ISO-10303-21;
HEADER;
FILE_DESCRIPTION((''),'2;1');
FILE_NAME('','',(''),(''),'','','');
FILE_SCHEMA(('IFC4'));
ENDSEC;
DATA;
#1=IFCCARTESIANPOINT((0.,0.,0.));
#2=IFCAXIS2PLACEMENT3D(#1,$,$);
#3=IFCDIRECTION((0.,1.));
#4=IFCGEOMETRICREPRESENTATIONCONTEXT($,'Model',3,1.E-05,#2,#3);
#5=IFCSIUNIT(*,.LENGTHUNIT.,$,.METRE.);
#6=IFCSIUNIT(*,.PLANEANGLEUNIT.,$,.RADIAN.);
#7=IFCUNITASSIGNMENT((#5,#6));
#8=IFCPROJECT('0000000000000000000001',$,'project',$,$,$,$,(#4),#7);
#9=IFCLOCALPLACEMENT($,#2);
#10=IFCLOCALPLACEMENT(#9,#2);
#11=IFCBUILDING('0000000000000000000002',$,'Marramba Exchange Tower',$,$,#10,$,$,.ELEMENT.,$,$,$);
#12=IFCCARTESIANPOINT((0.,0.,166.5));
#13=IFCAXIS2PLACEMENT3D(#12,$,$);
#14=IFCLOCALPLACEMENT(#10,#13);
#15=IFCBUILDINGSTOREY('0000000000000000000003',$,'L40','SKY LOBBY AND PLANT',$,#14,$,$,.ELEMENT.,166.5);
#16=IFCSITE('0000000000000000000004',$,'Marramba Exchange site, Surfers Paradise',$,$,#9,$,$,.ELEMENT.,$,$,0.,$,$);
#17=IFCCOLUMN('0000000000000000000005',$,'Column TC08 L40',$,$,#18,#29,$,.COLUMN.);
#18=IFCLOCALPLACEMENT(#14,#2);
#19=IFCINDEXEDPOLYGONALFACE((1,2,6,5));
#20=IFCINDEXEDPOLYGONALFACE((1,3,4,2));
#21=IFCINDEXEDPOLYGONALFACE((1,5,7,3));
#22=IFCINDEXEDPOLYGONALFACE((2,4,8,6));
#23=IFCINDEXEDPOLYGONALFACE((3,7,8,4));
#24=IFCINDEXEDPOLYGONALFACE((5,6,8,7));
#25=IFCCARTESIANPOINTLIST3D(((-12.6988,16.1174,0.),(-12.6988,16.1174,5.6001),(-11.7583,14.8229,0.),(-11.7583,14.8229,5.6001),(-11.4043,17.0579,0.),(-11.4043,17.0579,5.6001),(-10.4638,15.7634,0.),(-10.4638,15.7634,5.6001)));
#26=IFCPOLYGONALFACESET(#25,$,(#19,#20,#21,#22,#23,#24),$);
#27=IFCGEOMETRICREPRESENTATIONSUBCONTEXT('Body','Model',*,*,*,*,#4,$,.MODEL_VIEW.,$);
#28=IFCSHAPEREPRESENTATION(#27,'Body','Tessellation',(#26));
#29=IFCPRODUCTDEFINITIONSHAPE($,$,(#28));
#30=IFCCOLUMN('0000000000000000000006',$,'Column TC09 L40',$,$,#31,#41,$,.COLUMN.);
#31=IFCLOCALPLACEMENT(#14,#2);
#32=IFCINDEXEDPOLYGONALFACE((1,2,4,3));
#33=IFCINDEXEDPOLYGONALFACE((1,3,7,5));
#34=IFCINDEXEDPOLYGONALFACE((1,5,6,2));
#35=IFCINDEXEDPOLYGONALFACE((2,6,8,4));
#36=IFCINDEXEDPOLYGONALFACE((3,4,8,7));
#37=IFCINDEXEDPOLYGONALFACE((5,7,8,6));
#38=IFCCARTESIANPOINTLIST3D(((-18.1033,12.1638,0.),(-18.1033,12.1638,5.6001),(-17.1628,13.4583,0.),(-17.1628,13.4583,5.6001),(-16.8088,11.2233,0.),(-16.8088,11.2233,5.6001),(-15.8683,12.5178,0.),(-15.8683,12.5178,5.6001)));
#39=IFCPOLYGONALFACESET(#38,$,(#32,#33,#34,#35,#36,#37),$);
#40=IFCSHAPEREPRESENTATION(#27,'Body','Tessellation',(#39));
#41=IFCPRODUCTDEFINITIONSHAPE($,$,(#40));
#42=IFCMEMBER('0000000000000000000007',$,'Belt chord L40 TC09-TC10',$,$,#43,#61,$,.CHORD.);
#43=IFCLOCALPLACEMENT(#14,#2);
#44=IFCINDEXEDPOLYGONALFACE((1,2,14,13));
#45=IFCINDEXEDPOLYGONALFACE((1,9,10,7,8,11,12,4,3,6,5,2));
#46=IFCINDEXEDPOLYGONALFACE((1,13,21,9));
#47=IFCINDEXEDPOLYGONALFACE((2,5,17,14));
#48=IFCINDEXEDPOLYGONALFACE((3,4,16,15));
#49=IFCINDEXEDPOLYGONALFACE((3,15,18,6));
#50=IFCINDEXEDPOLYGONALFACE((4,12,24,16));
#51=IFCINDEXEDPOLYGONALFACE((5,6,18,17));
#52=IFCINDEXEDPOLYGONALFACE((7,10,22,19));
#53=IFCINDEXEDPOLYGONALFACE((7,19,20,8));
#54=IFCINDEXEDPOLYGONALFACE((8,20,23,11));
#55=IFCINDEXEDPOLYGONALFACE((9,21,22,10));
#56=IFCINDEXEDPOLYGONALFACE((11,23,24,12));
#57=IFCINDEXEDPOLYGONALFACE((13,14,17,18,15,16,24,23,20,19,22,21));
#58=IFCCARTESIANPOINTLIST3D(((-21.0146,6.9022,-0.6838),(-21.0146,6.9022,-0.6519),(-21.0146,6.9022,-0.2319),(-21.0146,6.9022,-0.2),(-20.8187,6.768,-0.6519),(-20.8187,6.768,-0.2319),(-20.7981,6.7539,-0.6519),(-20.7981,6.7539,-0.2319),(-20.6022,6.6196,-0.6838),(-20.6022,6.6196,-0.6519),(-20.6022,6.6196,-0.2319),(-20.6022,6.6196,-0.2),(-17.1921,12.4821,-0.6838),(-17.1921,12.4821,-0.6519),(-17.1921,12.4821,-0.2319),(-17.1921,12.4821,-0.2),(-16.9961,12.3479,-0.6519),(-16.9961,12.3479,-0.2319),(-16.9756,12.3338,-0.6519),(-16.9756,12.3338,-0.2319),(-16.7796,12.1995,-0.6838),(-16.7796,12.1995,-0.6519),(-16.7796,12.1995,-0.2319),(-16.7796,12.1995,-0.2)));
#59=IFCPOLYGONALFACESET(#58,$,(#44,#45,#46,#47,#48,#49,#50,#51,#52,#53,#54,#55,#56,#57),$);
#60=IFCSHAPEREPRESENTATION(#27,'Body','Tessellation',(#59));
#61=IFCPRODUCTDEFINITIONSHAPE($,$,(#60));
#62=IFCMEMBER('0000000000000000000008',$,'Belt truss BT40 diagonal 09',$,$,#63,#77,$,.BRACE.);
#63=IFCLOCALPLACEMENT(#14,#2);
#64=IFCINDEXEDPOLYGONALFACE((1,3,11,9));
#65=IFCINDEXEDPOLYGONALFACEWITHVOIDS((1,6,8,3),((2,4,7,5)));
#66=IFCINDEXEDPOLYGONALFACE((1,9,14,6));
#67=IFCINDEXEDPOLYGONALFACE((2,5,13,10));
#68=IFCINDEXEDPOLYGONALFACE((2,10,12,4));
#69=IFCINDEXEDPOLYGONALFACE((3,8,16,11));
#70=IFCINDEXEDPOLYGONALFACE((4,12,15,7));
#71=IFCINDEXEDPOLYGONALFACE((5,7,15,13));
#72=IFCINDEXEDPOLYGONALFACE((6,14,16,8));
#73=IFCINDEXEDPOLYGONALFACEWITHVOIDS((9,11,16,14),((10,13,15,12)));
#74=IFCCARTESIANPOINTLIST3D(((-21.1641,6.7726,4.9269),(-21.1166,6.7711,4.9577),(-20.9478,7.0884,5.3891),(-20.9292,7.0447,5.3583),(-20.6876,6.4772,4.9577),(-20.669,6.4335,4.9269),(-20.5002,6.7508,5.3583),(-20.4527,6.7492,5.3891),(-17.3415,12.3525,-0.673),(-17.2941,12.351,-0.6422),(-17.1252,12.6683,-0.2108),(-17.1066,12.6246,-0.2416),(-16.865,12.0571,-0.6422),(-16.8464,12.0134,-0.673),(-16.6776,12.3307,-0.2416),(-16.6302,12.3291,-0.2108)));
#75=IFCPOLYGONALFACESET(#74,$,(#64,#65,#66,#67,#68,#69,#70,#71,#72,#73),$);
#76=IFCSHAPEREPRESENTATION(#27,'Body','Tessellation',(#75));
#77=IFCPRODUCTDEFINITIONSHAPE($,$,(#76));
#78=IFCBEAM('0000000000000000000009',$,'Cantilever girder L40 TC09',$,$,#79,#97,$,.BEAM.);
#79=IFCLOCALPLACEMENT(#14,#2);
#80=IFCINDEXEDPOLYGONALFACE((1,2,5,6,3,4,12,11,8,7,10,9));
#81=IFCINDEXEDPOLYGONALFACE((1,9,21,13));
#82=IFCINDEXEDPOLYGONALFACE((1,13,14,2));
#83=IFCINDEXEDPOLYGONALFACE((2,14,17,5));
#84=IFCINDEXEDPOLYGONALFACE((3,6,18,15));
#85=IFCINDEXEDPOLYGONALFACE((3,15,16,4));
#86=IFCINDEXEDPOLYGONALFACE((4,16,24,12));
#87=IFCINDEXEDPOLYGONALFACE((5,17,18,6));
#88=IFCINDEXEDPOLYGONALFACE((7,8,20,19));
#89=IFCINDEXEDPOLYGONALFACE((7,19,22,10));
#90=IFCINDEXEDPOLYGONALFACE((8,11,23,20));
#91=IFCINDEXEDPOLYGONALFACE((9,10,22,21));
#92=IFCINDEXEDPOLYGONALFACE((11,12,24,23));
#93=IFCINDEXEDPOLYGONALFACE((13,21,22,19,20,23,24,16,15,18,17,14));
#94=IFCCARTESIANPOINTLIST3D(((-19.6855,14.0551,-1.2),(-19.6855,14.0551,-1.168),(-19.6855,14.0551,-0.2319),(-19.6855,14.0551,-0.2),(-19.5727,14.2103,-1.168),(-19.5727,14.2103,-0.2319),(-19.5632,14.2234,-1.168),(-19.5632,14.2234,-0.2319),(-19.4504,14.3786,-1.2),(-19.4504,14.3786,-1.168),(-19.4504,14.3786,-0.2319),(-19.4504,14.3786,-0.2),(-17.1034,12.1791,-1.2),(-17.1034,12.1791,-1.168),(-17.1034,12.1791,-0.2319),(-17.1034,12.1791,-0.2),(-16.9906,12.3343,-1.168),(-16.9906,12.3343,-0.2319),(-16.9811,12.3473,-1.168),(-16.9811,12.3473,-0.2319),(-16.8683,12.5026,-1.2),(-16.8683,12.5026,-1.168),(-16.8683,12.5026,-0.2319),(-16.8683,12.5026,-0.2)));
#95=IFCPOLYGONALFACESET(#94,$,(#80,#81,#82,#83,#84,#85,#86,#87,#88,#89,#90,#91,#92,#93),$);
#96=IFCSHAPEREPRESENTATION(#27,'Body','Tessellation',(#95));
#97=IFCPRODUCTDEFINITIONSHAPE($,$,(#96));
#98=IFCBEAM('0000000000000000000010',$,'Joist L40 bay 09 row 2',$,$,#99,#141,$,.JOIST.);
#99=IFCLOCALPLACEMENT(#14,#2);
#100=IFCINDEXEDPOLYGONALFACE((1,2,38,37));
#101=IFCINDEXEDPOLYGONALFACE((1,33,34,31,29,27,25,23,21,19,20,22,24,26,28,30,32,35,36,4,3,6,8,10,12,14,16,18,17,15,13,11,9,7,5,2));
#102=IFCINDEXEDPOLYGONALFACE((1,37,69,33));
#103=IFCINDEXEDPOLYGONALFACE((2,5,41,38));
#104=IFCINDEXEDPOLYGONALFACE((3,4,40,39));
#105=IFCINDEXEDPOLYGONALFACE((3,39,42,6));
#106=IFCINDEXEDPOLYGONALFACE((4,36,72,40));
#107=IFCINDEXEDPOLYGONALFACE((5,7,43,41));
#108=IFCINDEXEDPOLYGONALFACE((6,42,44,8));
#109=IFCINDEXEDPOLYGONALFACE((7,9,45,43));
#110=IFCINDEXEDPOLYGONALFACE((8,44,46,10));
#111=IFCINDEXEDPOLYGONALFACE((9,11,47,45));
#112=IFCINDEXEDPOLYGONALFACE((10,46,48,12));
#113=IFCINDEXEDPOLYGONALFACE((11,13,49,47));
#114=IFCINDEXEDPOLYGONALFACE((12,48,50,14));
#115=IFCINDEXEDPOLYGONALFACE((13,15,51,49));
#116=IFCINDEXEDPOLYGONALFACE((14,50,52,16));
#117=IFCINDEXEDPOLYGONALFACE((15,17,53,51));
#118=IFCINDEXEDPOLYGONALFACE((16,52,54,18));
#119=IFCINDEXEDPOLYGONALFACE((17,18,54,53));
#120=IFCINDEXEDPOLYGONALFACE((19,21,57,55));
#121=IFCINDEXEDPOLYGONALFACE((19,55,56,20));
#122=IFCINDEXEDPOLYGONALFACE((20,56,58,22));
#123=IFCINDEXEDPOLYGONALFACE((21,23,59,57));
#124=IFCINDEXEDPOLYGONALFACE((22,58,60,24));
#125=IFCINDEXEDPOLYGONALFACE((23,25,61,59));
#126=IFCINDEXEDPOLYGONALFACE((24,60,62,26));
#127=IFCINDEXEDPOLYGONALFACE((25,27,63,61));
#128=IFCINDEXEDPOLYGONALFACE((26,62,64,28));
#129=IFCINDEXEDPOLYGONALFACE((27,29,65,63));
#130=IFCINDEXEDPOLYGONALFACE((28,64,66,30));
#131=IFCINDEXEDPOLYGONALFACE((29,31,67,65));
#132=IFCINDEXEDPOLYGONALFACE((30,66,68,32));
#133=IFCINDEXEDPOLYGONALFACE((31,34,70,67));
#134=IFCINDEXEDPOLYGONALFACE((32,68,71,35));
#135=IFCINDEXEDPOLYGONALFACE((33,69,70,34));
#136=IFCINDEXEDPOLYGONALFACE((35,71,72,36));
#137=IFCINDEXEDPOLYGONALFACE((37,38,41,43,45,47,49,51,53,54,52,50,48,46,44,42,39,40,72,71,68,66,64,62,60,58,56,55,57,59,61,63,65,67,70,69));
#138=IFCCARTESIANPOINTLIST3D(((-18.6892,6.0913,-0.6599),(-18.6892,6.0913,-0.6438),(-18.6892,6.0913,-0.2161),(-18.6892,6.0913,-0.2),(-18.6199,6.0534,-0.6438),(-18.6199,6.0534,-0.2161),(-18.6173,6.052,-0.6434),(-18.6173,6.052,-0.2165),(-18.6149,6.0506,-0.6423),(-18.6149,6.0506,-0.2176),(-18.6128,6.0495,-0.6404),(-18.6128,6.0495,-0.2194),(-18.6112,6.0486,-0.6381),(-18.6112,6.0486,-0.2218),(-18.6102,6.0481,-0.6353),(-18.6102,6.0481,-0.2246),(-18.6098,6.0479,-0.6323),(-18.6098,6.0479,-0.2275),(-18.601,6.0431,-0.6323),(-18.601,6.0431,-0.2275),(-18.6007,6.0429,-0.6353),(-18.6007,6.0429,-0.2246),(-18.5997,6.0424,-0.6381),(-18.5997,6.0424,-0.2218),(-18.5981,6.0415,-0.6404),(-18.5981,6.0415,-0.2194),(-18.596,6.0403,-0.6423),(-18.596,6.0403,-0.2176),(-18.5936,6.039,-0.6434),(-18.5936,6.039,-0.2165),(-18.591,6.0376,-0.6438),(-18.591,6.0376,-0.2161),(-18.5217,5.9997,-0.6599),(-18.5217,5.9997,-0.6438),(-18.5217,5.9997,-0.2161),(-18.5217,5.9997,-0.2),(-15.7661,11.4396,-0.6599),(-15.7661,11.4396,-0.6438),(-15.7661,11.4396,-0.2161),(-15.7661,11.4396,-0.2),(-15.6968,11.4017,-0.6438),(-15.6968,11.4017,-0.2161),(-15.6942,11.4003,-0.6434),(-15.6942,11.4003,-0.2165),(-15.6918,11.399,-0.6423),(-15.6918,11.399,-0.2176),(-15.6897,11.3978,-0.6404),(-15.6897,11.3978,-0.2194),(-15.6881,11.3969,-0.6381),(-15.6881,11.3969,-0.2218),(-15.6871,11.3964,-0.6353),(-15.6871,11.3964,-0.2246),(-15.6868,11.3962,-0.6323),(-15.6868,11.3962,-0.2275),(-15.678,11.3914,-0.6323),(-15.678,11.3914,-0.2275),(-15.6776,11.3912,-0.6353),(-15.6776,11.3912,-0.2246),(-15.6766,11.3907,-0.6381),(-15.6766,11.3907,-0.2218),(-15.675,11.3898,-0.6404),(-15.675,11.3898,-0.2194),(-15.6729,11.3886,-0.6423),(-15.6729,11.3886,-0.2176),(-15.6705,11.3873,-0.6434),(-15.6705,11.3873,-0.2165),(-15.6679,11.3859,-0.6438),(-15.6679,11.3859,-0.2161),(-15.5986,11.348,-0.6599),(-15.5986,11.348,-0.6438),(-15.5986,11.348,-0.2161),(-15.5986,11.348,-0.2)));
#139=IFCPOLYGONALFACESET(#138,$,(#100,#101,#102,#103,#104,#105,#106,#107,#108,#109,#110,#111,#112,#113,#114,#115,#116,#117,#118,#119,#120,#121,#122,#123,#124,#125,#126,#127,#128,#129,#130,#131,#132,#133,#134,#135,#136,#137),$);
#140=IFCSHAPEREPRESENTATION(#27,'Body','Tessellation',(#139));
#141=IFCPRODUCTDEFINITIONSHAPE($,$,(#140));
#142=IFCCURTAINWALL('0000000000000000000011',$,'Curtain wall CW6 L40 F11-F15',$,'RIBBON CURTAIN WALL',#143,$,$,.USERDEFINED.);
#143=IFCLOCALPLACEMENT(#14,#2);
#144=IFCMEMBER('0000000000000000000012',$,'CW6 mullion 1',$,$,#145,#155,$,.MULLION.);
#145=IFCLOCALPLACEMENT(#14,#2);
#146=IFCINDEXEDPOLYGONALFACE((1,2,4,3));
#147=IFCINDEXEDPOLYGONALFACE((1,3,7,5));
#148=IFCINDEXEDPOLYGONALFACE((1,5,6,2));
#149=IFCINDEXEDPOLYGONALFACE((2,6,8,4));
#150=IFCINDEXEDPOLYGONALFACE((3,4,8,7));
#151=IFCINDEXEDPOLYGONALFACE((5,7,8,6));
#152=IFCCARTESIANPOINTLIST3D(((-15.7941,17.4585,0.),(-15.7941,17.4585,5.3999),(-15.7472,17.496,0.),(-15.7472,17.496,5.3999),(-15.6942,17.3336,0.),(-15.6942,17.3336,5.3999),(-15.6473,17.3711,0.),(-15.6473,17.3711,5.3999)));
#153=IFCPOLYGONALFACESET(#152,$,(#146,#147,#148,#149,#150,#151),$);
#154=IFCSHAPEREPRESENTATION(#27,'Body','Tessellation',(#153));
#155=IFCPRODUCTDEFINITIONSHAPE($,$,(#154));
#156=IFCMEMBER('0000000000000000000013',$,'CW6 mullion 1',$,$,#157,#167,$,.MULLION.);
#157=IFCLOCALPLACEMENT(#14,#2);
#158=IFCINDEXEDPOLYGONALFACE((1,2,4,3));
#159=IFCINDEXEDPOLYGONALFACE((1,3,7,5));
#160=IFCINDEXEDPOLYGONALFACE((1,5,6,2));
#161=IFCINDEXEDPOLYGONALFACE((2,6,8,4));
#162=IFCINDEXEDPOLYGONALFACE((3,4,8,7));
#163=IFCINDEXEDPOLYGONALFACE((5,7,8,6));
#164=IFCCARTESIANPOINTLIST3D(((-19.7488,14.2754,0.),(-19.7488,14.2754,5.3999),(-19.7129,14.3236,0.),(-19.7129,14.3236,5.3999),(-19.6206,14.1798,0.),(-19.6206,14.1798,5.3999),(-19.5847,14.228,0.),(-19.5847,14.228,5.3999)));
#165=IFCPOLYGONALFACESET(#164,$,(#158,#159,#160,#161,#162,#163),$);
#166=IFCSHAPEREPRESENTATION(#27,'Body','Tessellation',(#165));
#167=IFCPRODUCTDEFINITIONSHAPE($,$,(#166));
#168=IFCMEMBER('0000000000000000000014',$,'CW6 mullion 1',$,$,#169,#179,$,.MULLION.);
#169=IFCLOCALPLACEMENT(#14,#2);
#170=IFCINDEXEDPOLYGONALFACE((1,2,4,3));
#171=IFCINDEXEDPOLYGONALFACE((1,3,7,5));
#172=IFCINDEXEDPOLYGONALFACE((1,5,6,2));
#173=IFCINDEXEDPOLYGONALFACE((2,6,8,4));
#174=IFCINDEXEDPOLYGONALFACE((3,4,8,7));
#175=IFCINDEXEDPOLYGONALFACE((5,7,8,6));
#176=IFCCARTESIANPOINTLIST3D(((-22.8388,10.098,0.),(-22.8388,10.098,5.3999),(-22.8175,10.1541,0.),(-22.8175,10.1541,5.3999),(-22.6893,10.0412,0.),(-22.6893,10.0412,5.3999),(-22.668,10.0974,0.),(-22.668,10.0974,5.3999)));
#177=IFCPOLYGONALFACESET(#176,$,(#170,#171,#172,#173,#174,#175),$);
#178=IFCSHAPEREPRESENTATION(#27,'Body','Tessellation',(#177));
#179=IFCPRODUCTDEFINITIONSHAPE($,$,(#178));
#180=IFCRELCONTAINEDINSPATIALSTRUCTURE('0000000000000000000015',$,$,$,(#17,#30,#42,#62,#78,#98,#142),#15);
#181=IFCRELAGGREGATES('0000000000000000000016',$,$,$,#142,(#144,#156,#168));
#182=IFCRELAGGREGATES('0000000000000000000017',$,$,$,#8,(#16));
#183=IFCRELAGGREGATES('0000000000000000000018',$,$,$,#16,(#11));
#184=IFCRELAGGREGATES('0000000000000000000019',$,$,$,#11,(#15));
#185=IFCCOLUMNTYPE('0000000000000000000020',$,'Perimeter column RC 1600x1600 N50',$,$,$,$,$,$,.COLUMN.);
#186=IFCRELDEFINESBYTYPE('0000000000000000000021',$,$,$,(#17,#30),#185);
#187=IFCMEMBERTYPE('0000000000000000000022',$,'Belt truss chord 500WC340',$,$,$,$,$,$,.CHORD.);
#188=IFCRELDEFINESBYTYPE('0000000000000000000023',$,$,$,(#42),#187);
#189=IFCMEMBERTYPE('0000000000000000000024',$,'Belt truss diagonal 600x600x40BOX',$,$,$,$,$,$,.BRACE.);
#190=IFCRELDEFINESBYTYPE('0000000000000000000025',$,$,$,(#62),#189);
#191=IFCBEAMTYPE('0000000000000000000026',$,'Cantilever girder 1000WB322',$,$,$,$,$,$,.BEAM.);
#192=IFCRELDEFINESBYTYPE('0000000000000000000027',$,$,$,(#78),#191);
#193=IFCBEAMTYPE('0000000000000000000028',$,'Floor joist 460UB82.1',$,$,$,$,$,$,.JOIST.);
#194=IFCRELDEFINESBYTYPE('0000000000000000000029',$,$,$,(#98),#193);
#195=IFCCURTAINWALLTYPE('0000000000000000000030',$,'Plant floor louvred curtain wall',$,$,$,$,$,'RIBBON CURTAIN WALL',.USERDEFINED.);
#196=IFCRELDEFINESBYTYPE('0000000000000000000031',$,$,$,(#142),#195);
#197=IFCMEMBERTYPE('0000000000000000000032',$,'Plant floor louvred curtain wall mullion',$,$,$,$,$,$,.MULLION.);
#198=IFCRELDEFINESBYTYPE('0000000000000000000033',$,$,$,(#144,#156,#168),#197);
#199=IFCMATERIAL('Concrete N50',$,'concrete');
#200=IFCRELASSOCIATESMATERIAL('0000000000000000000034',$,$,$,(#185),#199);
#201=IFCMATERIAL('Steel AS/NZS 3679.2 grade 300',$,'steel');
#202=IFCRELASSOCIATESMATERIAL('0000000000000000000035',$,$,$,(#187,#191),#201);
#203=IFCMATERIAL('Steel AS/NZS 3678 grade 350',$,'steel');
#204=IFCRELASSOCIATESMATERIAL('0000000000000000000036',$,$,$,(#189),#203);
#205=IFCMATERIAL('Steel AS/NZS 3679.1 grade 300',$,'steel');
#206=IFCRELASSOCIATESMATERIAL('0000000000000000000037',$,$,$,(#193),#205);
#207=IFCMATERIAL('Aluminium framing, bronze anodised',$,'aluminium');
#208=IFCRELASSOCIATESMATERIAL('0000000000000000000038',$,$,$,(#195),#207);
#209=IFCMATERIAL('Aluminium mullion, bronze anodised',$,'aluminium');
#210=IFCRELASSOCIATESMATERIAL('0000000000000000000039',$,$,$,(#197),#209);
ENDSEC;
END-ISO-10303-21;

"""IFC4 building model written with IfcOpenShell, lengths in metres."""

from ifc_helpers import new_model, si_unit, direction, frame, origin, origin_2d, place, context, subcontext, project, spatial, rectangle, hollow_rectangle, i_section, extrude, material, material_profile, profile_set, type_object, element, aggregate, save


model = new_model("IFC4")

# Units and contexts
model_context = context("Model", 3, precision=1e-05, world=origin(), true_north=direction((0.0, 1.0)))
body_context = subcontext(model_context, "Body", "Model", "MODEL_VIEW")
ifc_project = project(units=[si_unit("LENGTHUNIT", "METRE"), si_unit("PLANEANGLEUNIT", "RADIAN")], contexts=[model_context])

# Site, building, storey
site_placement = place(None, origin())
site = spatial("IfcSite", under=ifc_project, at=site_placement, Name="Marramba Exchange site, Surfers Paradise", CompositionType="ELEMENT", RefElevation=0.0)
building_placement = place(site_placement, origin())
building = spatial("IfcBuilding", under=site, at=building_placement, Name="Marramba Exchange Tower", CompositionType="ELEMENT")
storey_placement = place(building_placement, frame((0.0, 0.0, 166.5)))
storey = spatial("IfcBuildingStorey", under=building, at=storey_placement, Name="L40", Description="SKY LOBBY AND PLANT", CompositionType="ELEMENT", Elevation=166.5)

# Columns
ifc_material_1 = material(Name="Concrete N50", Category="concrete")
ifc_material_profile_1 = material_profile(ifc_material_1, rectangle(XDim=1.6001, YDim=1.6001, at=origin_2d()), Name="RC 1600x1600")
ifc_profile_set_1 = profile_set([ifc_material_profile_1], Name="Concrete N50")
column_type = type_object("IfcColumnType", Name="Perimeter column RC 1600x1600 N50", PredefinedType="COLUMN", material=ifc_profile_set_1)
for number, where, z_axis, x_axis, name in (
    (1, (-11.5813, 15.9404, 0.0), (0.0, 0.0, 1.0), (-0.587785, 0.809017, 0.0), "Column TC08 L40"),
    (2, (-16.9858, 12.3408, 0.0), (0.0, 0.0, 1.0), (-0.809017, 0.587785, 0.0), "Column TC09 L40"),
):
    element("IfcColumn", number, at=place(storey_placement, frame(where, z_axis=z_axis, x_axis=x_axis)), inside=storey, type_object=column_type, Name=name, PredefinedType="COLUMN", context=body_context, shape_type="SweptSolid", body=[
        extrude(rectangle(XDim=1.6001, YDim=1.6001, at=origin_2d()), origin(), (0.0, 0.0, 1.0), 5.6001),
    ])

# Members
ifc_material_2 = material(Name="Steel AS/NZS 3679.2 grade 300", Category="steel")
ifc_material_profile_2 = material_profile(ifc_material_2, i_section(OverallWidth=0.5, OverallDepth=0.4839, WebThickness=0.0249, FlangeThickness=0.032, at=origin_2d()), Name="500WC340")
ifc_profile_set_2 = profile_set([ifc_material_profile_2], Name="Steel AS/NZS 3679.2 grade 300")
member_type_1 = type_object("IfcMemberType", Name="Belt truss chord 500WC340", PredefinedType="CHORD", material=ifc_profile_set_2)
member_1_placement = place(storey_placement, frame((-16.9858, 12.3408, -0.4419), z_axis=(-0.56516, -0.824981, 0.0), x_axis=(0.824981, -0.56516, 0.0)))
element("IfcMember", 3, at=member_1_placement, inside=storey, type_object=member_type_1, Name="Belt chord L40 TC09-TC10", PredefinedType="CHORD", context=body_context, shape_type="SweptSolid", body=[
    extrude(i_section(OverallWidth=0.5, OverallDepth=0.4839, WebThickness=0.0249, FlangeThickness=0.032, at=origin_2d()), origin(), (0.0, 0.0, 1.0), 6.7637),
])
ifc_material_3 = material(Name="Steel AS/NZS 3678 grade 350", Category="steel")
ifc_material_profile_3 = material_profile(ifc_material_3, hollow_rectangle(XDim=0.6001, YDim=0.6001, WallThickness=0.04, at=origin_2d()), Name="600x600x40BOX")
ifc_profile_set_3 = profile_set([ifc_material_profile_3], Name="Steel AS/NZS 3678 grade 350")
member_type_2 = type_object("IfcMemberType", Name="Belt truss diagonal 600x600x40BOX", PredefinedType="BRACE", material=ifc_profile_set_3)
member_2_placement = place(storey_placement, frame((-16.9858, 12.3408, -0.4419), z_axis=(-0.43532, -0.63545, 0.63773), x_axis=(0.824981, -0.56516, 0.0)))
element("IfcMember", 4, at=member_2_placement, inside=storey, type_object=member_type_2, Name="Belt truss BT40 diagonal 09", PredefinedType="BRACE", context=body_context, shape_type="SweptSolid", body=[
    extrude(hollow_rectangle(XDim=0.6001, YDim=0.6001, WallThickness=0.04, at=origin_2d()), origin(), (0.0, 0.0, 1.0), 8.781),
])

# Beams
ifc_material_profile_4 = material_profile(ifc_material_2, i_section(OverallWidth=0.3999, OverallDepth=1.0, WebThickness=0.0161, FlangeThickness=0.032, at=origin_2d()), Name="1000WB322")
ifc_profile_set_4 = profile_set([ifc_material_profile_4], Name="Steel AS/NZS 3679.2 grade 300")
beam_type_1 = type_object("IfcBeamType", Name="Cantilever girder 1000WB322", PredefinedType="BEAM", material=ifc_profile_set_4)
beam_1_placement = place(storey_placement, frame((-16.9858, 12.3408, -0.7), z_axis=(-0.809014, 0.58779, 0.0), x_axis=(-0.58779, -0.809014, 0.0)))
element("IfcBeam", 5, at=beam_1_placement, inside=storey, type_object=beam_type_1, Name="Cantilever girder L40 TC09", PredefinedType="BEAM", context=body_context, shape_type="SweptSolid", body=[
    extrude(i_section(OverallWidth=0.3999, OverallDepth=1.0, WebThickness=0.0161, FlangeThickness=0.032, at=origin_2d()), origin(), (0.0, 0.0, 1.0), 3.1917),
])
ifc_material_4 = material(Name="Steel AS/NZS 3679.1 grade 300", Category="steel")
ifc_material_profile_5 = material_profile(ifc_material_4, i_section(OverallWidth=0.1909, OverallDepth=0.46, WebThickness=0.01, FlangeThickness=0.0161, FilletRadius=0.0115, at=origin_2d()), Name="460UB82.1")
ifc_profile_set_5 = profile_set([ifc_material_profile_5], Name="Steel AS/NZS 3679.1 grade 300")
beam_type_2 = type_object("IfcBeamType", Name="Floor joist 460UB82.1", PredefinedType="JOIST", material=ifc_profile_set_5)
beam_2_placement = place(storey_placement, frame((-15.6824, 11.3938, -0.4299), z_axis=(-0.479584, -0.877496, 0.0), x_axis=(0.877496, -0.479584, 0.0)))
element("IfcBeam", 6, at=beam_2_placement, inside=storey, type_object=beam_type_2, Name="Joist L40 bay 09 row 2", PredefinedType="JOIST", context=body_context, shape_type="SweptSolid", body=[
    extrude(i_section(OverallWidth=0.1909, OverallDepth=0.46, WebThickness=0.01, FlangeThickness=0.0161, FilletRadius=0.0115, at=origin_2d()), origin(), (0.0, 0.0, 1.0), 6.095),
])

# Curtain wall, members
ifc_material_5 = material(Name="Aluminium framing, bronze anodised", Category="aluminium")
curtain_wall_type = type_object("IfcCurtainWallType", Name="Plant floor louvred curtain wall", ElementType="RIBBON CURTAIN WALL", PredefinedType="USERDEFINED", material=ifc_material_5)
curtain_wall_placement = place(storey_placement, origin())
curtain_wall = element("IfcCurtainWall", 7, at=curtain_wall_placement, inside=storey, type_object=curtain_wall_type, Name="Curtain wall CW6 L40 F11-F15", ObjectType="RIBBON CURTAIN WALL", PredefinedType="USERDEFINED")
ifc_material_6 = material(Name="Aluminium mullion, bronze anodised", Category="aluminium")
ifc_material_profile_6 = material_profile(ifc_material_6, rectangle(XDim=0.1599, YDim=0.0601, at=origin_2d()), Name="CW6 mullion 60x160")
ifc_profile_set_6 = profile_set([ifc_material_profile_6], Name="Aluminium mullion, bronze anodised")
member_type_3 = type_object("IfcMemberType", Name="Plant floor louvred curtain wall mullion", PredefinedType="MULLION", material=ifc_profile_set_6)
member_3_placement = place(storey_placement, frame((-15.7207, 17.4148, 0.0), z_axis=(0.0, 0.0, 1.0), x_axis=(0.624308, -0.781178, 0.0)))
member_3 = element("IfcMember", 8, at=member_3_placement, type_object=member_type_3, Name="CW6 mullion 1", PredefinedType="MULLION", context=body_context, shape_type="SweptSolid", body=[
    extrude(rectangle(XDim=0.1599, YDim=0.0601, at=origin_2d()), origin(), (0.0, 0.0, 1.0), 5.3999),
])
member_4_placement = place(storey_placement, frame((-19.6667, 14.2517, 0.0), z_axis=(0.0, 0.0, 1.0), x_axis=(0.801717, -0.597704, 0.0)))
member_4 = element("IfcMember", 9, at=member_4_placement, type_object=member_type_3, Name="CW6 mullion 1", PredefinedType="MULLION", context=body_context, shape_type="SweptSolid", body=[
    extrude(rectangle(XDim=0.1599, YDim=0.0601, at=origin_2d()), origin(), (0.0, 0.0, 1.0), 5.3999),
])
member_5_placement = place(storey_placement, frame((-22.7534, 10.0977, 0.0), z_axis=(0.0, 0.0, 1.0), x_axis=(0.934925, -0.354844, 0.0)))
member_5 = element("IfcMember", 10, at=member_5_placement, type_object=member_type_3, Name="CW6 mullion 1", PredefinedType="MULLION", context=body_context, shape_type="SweptSolid", body=[
    extrude(rectangle(XDim=0.1599, YDim=0.0601, at=origin_2d()), origin(), (0.0, 0.0, 1.0), 5.3999),
])

aggregate(curtain_wall, [member_3, member_4, member_5])

save(model, "model.ifc")
